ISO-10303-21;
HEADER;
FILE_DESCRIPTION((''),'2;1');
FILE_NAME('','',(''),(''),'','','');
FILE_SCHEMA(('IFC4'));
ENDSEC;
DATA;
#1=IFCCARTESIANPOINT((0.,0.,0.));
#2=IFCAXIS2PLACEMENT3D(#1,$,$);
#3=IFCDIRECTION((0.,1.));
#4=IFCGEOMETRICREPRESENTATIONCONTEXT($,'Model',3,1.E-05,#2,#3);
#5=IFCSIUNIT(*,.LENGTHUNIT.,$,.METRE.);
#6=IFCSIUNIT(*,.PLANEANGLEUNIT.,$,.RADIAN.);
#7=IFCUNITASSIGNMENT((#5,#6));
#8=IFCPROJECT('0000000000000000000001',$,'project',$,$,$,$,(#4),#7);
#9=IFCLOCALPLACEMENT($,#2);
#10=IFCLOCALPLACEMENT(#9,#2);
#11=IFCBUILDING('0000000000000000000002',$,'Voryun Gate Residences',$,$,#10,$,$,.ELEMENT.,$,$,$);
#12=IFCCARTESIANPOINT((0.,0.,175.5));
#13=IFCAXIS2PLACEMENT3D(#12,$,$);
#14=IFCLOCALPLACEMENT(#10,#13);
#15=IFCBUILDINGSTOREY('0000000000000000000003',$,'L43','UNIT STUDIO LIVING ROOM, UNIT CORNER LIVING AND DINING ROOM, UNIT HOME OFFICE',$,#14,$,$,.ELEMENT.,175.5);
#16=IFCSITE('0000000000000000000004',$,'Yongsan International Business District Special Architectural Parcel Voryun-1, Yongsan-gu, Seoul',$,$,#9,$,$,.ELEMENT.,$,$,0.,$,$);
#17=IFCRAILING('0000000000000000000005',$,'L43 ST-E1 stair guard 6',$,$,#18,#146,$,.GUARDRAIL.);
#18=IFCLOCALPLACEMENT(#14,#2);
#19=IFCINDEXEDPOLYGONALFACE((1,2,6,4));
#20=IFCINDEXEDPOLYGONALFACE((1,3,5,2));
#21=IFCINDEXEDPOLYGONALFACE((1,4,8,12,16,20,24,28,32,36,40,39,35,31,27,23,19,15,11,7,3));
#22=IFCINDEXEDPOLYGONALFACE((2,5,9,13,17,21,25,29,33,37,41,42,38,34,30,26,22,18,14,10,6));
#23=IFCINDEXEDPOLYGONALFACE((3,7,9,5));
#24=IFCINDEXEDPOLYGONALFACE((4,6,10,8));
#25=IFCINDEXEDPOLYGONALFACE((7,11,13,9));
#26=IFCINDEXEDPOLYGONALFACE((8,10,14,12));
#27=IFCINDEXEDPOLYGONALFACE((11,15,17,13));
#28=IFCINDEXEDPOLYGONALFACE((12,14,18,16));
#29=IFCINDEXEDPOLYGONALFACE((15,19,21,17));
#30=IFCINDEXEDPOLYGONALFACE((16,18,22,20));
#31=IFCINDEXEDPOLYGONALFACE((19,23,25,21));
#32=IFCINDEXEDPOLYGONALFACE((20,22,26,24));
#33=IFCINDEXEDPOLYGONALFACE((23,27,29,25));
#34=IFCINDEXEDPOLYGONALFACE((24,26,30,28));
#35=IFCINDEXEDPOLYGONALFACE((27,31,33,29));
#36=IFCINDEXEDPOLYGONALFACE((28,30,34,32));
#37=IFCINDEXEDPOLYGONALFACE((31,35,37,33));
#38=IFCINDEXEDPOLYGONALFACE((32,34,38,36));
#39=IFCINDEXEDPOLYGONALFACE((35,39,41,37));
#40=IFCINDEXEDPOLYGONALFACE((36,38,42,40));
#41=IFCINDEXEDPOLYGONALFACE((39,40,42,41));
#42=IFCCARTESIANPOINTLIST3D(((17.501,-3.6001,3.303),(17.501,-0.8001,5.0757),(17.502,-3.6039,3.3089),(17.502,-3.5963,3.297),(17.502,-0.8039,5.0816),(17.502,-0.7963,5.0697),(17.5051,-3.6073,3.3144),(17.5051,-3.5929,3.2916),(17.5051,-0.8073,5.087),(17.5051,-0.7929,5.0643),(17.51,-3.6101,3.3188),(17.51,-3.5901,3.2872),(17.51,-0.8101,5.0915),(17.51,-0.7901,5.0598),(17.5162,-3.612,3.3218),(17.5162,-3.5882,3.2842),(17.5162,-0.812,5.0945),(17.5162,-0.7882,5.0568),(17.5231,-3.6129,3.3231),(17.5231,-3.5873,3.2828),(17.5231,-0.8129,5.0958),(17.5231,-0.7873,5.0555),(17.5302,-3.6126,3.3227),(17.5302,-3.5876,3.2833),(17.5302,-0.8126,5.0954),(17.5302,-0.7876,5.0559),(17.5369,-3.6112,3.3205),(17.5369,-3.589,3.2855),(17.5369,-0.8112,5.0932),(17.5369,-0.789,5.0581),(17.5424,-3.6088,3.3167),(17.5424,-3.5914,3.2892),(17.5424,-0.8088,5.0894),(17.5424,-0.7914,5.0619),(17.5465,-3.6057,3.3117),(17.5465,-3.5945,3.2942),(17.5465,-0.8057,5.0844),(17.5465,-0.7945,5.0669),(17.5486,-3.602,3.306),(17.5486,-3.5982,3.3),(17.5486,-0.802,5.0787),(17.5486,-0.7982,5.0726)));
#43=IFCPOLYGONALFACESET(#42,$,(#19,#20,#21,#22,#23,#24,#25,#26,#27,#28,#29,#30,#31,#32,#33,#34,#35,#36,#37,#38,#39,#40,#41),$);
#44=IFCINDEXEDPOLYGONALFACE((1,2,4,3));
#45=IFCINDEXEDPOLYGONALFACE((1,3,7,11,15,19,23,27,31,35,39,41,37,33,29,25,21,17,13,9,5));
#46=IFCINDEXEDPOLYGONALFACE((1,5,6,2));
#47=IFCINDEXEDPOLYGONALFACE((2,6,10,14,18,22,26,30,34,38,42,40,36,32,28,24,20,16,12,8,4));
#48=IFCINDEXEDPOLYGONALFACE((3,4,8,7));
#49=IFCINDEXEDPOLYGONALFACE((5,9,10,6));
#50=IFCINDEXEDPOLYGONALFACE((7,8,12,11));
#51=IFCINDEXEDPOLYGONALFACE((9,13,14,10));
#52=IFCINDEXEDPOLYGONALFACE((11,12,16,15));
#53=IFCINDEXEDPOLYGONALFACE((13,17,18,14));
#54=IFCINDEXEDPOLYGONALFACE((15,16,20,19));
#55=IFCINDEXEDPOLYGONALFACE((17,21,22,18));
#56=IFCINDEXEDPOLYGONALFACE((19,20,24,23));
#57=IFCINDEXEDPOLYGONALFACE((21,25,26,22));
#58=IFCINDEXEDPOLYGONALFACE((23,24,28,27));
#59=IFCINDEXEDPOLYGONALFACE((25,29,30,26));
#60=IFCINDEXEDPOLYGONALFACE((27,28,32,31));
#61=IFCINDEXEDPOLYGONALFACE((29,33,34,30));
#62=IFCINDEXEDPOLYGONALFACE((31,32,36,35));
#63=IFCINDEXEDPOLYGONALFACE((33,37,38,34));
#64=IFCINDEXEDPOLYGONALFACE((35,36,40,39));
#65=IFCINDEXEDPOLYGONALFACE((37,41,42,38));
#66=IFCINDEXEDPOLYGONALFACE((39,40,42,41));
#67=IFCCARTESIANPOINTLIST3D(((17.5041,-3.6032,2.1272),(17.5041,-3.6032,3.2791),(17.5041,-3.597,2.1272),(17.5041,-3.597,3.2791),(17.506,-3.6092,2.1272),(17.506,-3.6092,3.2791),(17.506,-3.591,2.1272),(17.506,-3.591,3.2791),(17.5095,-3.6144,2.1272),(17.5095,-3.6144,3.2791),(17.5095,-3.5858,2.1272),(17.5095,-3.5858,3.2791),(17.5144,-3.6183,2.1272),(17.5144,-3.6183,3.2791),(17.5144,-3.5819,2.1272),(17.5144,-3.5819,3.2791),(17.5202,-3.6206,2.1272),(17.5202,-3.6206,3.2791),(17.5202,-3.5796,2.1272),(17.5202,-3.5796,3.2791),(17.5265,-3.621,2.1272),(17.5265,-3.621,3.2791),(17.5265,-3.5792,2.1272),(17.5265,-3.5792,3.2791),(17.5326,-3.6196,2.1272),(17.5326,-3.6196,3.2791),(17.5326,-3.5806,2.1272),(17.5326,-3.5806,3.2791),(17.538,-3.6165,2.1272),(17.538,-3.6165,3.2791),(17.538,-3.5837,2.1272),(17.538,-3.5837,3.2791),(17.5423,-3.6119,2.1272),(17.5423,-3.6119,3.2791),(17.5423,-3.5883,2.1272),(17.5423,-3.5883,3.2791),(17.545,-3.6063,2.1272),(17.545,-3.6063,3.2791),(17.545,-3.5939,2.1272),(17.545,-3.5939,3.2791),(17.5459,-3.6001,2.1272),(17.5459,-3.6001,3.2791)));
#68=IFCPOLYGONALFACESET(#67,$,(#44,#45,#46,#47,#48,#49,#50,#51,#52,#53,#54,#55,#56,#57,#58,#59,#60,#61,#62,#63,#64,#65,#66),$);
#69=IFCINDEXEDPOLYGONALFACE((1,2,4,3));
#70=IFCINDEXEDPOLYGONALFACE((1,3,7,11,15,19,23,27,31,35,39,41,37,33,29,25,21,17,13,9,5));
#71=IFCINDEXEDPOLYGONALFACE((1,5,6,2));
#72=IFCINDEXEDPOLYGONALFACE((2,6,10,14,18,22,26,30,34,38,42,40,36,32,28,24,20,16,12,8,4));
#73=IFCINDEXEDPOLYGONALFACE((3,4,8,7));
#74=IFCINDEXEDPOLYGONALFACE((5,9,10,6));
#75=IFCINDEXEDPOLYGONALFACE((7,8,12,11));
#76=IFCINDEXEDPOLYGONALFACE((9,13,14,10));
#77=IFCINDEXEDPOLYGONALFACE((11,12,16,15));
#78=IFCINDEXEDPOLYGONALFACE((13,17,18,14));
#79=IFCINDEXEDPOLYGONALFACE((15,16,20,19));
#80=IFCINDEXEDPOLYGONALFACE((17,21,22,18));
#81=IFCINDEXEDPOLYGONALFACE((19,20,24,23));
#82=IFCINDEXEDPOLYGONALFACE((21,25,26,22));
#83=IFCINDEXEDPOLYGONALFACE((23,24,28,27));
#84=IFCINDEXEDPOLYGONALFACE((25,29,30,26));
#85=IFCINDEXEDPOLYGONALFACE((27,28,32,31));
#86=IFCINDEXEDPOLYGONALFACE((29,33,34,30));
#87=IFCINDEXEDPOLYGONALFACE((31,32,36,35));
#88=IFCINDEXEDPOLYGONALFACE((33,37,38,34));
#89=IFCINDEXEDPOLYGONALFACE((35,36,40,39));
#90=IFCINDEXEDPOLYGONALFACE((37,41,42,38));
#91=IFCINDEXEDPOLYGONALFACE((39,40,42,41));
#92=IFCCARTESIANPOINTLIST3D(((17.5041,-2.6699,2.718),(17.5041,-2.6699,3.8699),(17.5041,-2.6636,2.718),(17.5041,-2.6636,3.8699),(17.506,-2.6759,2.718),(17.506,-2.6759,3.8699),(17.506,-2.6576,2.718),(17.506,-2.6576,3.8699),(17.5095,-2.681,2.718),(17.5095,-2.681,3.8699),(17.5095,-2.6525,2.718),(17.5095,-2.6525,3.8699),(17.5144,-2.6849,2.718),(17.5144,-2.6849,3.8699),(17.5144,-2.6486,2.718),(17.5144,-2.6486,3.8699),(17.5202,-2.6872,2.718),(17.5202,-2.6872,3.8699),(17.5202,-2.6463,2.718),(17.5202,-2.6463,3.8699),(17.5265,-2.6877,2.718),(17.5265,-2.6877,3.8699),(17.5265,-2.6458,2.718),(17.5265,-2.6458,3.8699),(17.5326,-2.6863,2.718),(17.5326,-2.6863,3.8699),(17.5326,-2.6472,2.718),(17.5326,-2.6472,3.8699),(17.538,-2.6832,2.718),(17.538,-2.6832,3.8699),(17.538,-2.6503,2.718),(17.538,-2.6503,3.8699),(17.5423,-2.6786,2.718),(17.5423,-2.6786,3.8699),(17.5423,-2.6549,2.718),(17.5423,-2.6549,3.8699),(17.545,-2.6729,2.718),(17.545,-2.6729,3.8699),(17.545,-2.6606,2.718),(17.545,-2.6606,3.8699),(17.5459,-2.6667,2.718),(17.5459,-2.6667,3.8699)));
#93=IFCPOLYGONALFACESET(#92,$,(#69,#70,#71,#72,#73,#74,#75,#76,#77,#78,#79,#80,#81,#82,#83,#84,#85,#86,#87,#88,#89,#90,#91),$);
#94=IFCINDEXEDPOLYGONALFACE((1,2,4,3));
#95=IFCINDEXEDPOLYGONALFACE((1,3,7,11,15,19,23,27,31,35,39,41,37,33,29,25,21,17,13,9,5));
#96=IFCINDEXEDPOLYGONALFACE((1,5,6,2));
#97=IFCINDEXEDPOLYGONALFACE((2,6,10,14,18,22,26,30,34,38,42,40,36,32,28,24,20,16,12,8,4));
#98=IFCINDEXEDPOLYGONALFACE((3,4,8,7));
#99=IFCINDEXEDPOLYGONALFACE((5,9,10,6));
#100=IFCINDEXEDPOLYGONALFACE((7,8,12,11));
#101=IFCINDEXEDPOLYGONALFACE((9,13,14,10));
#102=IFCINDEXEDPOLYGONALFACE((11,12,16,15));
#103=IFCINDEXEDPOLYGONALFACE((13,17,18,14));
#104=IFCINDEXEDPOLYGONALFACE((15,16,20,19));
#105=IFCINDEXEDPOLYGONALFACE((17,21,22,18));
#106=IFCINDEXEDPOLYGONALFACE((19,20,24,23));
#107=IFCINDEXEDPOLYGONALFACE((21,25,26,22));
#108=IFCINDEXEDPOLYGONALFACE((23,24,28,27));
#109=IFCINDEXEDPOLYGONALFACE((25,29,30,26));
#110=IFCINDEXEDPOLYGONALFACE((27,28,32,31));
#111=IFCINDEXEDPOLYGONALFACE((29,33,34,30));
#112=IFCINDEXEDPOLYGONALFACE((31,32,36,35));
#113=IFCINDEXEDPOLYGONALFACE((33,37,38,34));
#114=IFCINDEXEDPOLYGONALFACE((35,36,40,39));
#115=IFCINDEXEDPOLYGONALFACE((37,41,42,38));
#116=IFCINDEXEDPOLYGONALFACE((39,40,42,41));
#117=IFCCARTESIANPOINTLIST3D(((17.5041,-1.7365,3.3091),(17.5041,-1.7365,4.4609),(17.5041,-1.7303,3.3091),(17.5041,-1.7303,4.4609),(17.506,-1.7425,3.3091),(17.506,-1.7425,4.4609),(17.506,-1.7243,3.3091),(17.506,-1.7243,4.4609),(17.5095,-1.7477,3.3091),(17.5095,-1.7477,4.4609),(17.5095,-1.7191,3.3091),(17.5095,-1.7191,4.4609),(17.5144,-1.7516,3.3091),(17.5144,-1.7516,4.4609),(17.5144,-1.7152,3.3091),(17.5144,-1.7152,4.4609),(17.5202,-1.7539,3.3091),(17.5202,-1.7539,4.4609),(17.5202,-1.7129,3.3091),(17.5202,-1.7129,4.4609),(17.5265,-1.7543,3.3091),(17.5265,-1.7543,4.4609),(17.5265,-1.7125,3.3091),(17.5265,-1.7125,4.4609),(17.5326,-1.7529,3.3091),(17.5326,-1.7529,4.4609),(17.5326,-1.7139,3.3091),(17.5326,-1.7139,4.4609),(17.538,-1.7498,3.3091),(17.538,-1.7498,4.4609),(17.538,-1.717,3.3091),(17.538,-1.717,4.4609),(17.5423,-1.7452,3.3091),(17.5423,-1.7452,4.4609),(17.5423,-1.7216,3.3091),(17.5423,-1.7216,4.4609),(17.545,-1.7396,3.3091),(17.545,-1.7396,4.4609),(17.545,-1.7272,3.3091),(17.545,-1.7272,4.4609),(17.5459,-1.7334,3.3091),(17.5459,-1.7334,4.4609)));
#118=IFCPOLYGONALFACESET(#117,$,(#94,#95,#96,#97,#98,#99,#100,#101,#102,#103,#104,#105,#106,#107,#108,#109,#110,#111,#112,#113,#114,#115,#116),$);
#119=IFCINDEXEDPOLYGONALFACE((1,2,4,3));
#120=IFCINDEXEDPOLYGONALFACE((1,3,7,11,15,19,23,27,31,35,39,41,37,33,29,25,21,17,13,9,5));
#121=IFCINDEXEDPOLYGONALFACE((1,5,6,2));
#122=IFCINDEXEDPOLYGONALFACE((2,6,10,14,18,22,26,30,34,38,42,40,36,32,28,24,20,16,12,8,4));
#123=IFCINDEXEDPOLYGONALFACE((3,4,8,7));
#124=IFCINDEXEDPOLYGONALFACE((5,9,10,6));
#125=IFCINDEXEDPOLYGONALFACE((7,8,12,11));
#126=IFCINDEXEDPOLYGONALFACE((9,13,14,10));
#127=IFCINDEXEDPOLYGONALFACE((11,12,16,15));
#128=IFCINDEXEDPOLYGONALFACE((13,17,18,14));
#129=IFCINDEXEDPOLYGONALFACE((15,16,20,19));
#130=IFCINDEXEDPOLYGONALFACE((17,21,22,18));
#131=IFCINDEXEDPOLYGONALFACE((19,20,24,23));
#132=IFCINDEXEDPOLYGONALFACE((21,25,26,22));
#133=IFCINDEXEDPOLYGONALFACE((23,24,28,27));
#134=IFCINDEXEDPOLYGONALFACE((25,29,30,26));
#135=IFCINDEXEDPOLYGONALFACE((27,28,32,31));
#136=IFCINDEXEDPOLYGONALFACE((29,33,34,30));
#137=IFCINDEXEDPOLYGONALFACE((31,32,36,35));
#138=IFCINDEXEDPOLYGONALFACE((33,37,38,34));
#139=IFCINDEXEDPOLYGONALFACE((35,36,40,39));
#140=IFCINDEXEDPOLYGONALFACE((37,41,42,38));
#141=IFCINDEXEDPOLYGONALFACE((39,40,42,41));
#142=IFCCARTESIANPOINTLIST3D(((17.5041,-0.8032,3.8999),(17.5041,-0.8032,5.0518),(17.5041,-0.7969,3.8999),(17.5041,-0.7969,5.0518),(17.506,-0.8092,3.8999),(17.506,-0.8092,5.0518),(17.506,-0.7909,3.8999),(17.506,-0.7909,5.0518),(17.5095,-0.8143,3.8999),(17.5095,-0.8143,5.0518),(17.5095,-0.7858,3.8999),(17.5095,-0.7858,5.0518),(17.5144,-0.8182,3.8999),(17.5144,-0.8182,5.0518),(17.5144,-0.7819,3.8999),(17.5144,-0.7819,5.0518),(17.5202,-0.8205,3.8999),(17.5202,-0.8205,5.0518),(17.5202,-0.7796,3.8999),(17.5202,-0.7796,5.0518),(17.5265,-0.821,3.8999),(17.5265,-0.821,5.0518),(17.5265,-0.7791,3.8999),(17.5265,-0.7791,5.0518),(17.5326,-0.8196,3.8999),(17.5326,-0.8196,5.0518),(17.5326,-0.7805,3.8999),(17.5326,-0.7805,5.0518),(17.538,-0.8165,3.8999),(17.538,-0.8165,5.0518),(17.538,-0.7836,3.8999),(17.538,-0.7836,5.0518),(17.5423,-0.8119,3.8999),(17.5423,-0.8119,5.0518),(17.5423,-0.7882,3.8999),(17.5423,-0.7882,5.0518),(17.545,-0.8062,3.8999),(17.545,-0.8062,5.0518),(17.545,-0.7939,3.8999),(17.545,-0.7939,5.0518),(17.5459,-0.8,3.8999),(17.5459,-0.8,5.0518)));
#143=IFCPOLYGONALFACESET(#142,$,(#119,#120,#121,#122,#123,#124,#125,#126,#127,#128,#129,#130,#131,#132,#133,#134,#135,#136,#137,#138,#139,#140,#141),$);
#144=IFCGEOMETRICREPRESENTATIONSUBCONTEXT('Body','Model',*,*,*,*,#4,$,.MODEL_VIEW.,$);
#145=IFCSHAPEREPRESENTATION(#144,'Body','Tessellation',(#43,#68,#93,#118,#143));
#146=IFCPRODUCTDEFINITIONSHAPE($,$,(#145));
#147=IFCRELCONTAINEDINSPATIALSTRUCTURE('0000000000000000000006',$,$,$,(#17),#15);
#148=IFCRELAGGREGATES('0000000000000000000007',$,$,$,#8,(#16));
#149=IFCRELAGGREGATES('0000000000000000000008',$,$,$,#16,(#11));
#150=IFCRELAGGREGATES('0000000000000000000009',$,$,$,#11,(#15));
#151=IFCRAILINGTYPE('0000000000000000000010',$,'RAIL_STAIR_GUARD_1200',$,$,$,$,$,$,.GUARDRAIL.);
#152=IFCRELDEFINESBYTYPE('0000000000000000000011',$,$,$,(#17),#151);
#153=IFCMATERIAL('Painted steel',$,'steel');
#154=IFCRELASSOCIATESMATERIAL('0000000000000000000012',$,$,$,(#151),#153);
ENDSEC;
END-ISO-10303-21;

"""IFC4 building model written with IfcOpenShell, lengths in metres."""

from ifc_helpers import new_model, si_unit, direction, frame, origin, origin_2d, place, context, subcontext, project, spatial, circle, extrude, material, type_object, element, save


model = new_model("IFC4")

# Units and contexts
model_context = context("Model", 3, precision=1e-05, world=origin(), true_north=direction((0.0, 1.0)))
body_context = subcontext(model_context, "Body", "Model", "MODEL_VIEW")
ifc_project = project(units=[si_unit("LENGTHUNIT", "METRE"), si_unit("PLANEANGLEUNIT", "RADIAN")], contexts=[model_context])

# Site, building, storey
site_placement = place(None, origin())
site = spatial("IfcSite", under=ifc_project, at=site_placement, Name="Yongsan International Business District Special Architectural Parcel Voryun-1, Yongsan-gu, Seoul", CompositionType="ELEMENT", RefElevation=0.0)
building_placement = place(site_placement, origin())
building = spatial("IfcBuilding", under=site, at=building_placement, Name="Voryun Gate Residences", CompositionType="ELEMENT")
storey_placement = place(building_placement, frame((0.0, 0.0, 175.5)))
storey = spatial("IfcBuildingStorey", under=building, at=storey_placement, Name="L43", Description="UNIT STUDIO LIVING ROOM, UNIT CORNER LIVING AND DINING ROOM, UNIT HOME OFFICE", CompositionType="ELEMENT", Elevation=175.5)

# Railing
ifc_material_1 = material(Name="Painted steel", Category="steel")
railing_type_1 = type_object("IfcRailingType", Name="RAIL_STAIR_GUARD_1200", PredefinedType="GUARDRAIL", material=ifc_material_1)
railing_1_placement = place(storey_placement, frame((17.5249, -3.6001, 2.1272)))
element("IfcRailing", 1, at=railing_1_placement, inside=storey, type_object=railing_type_1, Name="L43 ST-E1 stair guard 6", PredefinedType="GUARDRAIL", context=body_context, shape_type="SweptSolid", body=[
    extrude(circle(Radius=0.0239, at=origin_2d()), frame((0.0, 0.0, 1.1758), z_axis=(0.0, 0.844909, 0.53491), x_axis=(-1.0, 0.0, 0.0)), (0.0, 0.0, 1.0), 3.314),
    extrude(circle(Radius=0.021, at=origin_2d()), origin(), (0.0, 0.0, 1.0), 1.1519),
    extrude(circle(Radius=0.021, at=origin_2d()), frame((0.0, 0.9333, 0.5908)), (0.0, 0.0, 1.0), 1.1519),
    extrude(circle(Radius=0.021, at=origin_2d()), frame((0.0, 1.8667, 1.1819)), (0.0, 0.0, 1.0), 1.1519),
    extrude(circle(Radius=0.021, at=origin_2d()), frame((0.0, 2.8, 1.7727)), (0.0, 0.0, 1.0), 1.1519),
])

save(model, "model.ifc")
